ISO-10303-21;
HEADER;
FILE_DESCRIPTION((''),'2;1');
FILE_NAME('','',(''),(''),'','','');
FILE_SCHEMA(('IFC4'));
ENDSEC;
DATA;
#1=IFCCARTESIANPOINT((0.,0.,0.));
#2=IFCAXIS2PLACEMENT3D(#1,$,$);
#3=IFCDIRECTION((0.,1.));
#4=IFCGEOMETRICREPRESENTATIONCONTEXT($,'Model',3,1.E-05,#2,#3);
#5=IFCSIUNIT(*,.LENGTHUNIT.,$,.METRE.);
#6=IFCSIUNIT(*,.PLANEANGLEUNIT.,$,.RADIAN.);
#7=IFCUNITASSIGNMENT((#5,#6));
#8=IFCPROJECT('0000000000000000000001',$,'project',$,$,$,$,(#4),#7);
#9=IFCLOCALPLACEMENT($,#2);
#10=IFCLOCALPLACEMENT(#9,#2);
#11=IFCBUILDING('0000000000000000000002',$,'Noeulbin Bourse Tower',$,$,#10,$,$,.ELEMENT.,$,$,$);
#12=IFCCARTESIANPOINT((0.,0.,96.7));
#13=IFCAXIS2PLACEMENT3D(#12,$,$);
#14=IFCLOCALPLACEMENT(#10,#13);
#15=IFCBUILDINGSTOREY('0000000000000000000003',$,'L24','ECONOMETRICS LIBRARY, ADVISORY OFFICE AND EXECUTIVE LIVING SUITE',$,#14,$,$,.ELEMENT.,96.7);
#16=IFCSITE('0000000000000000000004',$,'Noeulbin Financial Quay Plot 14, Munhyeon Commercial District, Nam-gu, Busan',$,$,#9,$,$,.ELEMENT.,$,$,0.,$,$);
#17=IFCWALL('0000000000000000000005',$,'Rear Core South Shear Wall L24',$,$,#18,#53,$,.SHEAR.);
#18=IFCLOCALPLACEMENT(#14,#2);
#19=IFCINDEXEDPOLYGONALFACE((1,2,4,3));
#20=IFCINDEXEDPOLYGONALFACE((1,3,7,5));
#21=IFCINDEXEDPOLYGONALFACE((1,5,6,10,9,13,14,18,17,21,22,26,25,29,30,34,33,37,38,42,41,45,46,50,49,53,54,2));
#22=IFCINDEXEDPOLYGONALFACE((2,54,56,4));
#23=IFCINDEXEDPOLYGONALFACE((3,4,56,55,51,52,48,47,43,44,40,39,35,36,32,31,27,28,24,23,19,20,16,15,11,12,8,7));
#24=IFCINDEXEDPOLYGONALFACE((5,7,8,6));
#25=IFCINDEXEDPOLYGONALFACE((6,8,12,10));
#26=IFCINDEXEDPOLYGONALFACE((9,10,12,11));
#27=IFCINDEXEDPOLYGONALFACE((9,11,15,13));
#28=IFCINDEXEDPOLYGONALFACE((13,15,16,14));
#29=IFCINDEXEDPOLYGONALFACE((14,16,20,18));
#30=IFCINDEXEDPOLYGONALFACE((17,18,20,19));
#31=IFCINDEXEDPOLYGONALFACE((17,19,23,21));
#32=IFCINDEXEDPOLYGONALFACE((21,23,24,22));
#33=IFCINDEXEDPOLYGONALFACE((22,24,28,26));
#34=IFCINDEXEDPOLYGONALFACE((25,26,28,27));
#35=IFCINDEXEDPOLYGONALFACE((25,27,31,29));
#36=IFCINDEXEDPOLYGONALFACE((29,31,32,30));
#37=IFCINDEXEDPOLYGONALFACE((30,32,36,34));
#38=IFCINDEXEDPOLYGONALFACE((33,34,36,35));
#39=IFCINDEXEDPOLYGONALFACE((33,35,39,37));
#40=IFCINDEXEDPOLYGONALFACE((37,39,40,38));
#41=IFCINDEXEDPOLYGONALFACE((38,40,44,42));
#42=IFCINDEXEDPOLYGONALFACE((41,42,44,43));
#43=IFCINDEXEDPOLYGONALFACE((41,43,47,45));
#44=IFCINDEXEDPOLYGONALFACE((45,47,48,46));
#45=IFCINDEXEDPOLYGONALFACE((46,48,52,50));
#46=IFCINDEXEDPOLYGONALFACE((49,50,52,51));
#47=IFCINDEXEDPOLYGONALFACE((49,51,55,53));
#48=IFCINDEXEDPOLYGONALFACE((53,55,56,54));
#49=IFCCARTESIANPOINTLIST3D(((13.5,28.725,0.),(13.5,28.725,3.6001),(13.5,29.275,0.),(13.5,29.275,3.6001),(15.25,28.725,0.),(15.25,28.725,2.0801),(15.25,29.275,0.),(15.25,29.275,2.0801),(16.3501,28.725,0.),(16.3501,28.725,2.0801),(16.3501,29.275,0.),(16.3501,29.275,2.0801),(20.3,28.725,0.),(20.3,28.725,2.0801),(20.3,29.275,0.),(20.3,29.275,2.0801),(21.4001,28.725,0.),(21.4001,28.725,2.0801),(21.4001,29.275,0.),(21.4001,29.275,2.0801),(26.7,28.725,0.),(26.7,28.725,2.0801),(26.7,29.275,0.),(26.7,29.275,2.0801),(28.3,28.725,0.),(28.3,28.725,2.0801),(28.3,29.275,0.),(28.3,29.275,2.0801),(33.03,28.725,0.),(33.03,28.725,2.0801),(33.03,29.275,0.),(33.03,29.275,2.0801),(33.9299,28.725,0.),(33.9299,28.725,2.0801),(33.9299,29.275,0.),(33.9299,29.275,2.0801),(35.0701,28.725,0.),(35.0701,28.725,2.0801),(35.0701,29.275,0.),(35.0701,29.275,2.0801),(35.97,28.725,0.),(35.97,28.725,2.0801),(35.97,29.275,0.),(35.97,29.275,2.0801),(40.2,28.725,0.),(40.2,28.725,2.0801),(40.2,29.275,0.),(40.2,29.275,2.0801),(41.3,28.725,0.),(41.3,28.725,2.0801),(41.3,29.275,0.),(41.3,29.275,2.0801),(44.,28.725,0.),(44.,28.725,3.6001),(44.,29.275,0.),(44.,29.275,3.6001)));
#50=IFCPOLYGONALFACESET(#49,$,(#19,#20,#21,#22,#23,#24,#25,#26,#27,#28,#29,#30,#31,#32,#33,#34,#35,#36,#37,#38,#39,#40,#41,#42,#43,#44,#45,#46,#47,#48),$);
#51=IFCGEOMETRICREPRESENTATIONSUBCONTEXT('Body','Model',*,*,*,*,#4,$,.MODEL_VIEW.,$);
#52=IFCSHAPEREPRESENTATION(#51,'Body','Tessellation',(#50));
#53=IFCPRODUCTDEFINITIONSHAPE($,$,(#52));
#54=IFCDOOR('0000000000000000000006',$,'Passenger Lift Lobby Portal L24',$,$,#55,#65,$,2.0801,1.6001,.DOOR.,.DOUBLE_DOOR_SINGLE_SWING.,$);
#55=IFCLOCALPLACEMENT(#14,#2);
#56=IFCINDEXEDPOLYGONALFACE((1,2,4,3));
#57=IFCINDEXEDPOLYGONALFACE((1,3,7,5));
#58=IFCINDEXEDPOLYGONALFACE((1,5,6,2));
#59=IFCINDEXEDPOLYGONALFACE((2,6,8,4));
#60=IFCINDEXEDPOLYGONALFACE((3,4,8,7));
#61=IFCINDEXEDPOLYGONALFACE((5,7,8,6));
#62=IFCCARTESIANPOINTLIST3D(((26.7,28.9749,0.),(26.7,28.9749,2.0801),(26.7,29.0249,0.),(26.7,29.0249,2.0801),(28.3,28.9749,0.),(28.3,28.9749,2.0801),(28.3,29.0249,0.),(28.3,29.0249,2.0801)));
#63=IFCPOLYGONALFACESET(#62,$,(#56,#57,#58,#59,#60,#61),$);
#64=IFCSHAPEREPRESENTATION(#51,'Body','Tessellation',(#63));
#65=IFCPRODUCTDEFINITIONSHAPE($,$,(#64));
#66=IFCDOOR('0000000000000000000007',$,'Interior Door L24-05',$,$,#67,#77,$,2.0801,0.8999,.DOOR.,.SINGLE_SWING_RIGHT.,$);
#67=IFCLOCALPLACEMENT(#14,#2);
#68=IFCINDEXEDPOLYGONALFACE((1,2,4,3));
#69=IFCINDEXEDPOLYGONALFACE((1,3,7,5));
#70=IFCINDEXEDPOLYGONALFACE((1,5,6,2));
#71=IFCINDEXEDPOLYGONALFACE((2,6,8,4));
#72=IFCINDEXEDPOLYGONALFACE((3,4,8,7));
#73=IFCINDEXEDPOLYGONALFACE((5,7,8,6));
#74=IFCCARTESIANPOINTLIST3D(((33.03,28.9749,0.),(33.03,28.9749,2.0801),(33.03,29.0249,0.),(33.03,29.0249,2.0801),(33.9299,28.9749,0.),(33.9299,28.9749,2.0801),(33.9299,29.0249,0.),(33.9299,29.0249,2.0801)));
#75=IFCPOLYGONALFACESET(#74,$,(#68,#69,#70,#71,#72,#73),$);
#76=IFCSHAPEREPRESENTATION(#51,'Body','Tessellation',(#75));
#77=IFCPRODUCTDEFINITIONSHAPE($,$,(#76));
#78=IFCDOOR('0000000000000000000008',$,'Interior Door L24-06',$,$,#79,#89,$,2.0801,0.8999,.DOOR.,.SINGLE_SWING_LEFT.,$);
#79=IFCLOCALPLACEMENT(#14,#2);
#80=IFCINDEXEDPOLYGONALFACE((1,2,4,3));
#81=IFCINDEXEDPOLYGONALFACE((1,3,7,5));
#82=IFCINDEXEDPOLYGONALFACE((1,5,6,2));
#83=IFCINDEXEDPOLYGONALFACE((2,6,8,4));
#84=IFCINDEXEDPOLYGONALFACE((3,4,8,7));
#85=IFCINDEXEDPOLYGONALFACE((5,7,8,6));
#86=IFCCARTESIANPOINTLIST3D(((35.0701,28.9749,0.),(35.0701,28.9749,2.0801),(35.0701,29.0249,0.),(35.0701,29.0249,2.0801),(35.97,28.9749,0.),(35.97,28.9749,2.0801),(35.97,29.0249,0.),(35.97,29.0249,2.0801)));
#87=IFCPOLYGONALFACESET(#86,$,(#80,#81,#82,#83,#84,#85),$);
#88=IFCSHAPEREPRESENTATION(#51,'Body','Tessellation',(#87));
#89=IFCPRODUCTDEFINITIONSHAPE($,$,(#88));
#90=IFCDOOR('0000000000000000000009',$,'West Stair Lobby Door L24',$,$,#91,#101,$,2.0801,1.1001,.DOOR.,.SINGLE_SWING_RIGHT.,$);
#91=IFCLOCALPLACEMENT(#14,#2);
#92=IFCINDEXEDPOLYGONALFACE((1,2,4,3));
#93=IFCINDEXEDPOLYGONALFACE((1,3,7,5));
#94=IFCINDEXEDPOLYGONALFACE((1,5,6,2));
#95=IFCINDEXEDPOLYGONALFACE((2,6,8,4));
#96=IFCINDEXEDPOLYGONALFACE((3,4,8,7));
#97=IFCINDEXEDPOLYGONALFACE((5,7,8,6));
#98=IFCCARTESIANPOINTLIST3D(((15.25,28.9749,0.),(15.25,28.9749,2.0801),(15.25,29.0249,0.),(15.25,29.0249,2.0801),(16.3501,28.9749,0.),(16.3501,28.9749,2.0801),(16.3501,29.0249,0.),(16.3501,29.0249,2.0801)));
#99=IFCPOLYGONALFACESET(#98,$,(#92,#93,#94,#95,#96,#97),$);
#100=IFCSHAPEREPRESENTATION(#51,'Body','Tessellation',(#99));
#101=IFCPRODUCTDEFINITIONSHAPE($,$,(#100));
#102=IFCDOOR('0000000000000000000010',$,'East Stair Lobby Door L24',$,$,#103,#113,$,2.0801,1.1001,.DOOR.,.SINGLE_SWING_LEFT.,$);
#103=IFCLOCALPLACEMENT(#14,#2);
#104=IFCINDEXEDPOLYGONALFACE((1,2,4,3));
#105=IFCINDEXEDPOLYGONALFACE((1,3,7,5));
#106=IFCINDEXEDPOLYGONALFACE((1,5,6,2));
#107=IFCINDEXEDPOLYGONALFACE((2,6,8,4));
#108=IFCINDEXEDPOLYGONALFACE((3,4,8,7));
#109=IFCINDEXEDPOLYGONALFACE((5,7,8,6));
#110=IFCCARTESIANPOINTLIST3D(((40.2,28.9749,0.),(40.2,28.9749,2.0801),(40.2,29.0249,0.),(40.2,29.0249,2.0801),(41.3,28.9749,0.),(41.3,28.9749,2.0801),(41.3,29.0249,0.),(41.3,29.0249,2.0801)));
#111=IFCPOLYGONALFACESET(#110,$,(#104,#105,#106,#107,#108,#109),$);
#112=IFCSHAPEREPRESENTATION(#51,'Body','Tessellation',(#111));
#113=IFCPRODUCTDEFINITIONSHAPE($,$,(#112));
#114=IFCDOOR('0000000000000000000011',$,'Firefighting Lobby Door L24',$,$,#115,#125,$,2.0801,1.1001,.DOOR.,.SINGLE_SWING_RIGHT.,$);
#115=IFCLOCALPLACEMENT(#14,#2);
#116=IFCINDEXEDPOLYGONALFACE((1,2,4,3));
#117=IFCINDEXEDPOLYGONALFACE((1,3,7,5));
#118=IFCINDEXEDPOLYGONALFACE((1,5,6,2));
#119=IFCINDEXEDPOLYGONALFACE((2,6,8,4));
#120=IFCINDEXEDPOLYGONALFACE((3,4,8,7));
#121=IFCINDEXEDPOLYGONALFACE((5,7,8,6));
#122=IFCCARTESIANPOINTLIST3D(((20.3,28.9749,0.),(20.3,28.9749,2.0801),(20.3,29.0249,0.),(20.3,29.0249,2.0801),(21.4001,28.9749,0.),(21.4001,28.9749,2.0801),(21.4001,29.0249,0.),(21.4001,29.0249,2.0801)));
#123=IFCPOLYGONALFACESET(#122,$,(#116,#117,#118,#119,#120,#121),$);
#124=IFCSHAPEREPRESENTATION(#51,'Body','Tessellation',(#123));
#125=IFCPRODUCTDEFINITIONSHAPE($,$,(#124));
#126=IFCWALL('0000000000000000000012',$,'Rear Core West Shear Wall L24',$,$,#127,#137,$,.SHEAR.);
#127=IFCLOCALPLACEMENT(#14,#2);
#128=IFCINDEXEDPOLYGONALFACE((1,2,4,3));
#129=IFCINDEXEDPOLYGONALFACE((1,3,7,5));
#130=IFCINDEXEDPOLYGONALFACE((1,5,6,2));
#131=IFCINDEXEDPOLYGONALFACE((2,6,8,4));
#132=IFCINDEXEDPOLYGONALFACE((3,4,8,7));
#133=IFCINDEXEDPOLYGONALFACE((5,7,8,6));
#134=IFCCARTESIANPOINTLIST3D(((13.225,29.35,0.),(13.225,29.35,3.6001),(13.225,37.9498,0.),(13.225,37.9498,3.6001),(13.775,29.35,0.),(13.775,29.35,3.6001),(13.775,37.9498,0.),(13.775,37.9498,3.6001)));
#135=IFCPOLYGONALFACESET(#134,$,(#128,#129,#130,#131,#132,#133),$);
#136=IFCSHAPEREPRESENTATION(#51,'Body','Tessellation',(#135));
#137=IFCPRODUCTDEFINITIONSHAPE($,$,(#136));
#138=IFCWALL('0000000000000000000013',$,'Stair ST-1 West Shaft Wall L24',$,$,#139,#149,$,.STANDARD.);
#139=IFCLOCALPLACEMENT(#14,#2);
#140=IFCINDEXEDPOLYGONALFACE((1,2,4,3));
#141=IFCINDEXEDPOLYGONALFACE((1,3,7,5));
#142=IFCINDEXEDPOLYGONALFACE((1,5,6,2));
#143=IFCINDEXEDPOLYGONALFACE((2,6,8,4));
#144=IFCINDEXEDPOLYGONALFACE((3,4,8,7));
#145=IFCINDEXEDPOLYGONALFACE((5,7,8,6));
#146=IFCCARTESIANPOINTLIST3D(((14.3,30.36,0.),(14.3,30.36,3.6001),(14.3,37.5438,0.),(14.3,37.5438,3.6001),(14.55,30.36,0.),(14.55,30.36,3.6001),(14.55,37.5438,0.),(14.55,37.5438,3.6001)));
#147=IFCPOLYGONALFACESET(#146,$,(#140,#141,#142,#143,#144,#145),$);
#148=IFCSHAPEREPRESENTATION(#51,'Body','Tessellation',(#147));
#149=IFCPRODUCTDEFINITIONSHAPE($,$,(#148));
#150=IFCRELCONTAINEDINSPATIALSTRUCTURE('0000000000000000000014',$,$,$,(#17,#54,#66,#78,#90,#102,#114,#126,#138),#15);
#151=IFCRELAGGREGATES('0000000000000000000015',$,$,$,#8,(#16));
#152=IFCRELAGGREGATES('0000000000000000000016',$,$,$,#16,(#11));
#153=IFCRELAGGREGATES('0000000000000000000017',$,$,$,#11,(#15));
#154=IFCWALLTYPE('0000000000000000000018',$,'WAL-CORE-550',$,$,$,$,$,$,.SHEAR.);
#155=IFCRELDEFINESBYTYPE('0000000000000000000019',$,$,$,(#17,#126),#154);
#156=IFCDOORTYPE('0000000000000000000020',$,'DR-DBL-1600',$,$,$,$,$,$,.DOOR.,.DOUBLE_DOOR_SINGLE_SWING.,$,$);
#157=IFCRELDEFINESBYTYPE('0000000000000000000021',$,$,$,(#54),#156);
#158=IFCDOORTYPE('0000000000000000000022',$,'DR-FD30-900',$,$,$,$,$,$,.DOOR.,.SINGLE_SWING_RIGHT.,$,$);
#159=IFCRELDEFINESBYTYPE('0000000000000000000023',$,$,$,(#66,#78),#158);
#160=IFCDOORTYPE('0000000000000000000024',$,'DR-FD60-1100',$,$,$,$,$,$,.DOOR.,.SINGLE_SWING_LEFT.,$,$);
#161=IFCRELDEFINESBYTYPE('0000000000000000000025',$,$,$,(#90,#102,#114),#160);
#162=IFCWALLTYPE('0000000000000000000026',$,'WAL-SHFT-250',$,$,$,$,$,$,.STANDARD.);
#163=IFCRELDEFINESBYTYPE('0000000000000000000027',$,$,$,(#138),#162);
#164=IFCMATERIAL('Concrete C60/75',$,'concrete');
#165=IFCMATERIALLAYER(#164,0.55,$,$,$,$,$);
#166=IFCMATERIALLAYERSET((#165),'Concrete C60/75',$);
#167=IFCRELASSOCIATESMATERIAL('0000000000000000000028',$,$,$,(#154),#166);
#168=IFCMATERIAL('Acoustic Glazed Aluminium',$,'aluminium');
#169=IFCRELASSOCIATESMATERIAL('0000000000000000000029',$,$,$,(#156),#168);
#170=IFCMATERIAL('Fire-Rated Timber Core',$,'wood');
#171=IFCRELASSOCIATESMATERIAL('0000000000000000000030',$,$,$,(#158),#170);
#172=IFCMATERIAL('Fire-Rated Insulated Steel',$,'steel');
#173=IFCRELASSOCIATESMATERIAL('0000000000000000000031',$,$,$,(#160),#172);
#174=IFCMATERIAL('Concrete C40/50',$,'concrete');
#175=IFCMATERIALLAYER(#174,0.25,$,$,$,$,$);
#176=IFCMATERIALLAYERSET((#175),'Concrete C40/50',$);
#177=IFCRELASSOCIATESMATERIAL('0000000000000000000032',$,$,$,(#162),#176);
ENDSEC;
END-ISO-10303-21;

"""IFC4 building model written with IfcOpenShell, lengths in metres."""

from ifc_helpers import new_model, si_unit, direction, frame, frame_2d, origin, place, context, subcontext, project, spatial, rectangle, extrude, material, layer, layer_set, type_object, element, fill, save


model = new_model("IFC4")

# Units and contexts
model_context = context("Model", 3, precision=1e-05, world=origin(), true_north=direction((0.0, 1.0)))
body_context = subcontext(model_context, "Body", "Model", "MODEL_VIEW")
ifc_project = project(units=[si_unit("LENGTHUNIT", "METRE"), si_unit("PLANEANGLEUNIT", "RADIAN")], contexts=[model_context])

# Site, building, storey
site_placement = place(None, origin())
site = spatial("IfcSite", under=ifc_project, at=site_placement, Name="Noeulbin Financial Quay Plot 14, Munhyeon Commercial District, Nam-gu, Busan", CompositionType="ELEMENT", RefElevation=0.0)
building_placement = place(site_placement, origin())
building = spatial("IfcBuilding", under=site, at=building_placement, Name="Noeulbin Bourse Tower", CompositionType="ELEMENT")
storey_placement = place(building_placement, frame((0.0, 0.0, 96.7)))
storey = spatial("IfcBuildingStorey", under=building, at=storey_placement, Name="L24", Description="ECONOMETRICS LIBRARY, ADVISORY OFFICE AND EXECUTIVE LIVING SUITE", CompositionType="ELEMENT", Elevation=96.7)

# Wall, openings, doors
ifc_material_1 = material(Name="Concrete C60/75", Category="concrete")
ifc_layer_1 = layer(ifc_material_1, 0.55)
ifc_layer_set_1 = layer_set([ifc_layer_1], Name="Concrete C60/75")
wall_type_1 = type_object("IfcWallType", Name="WAL-CORE-550", PredefinedType="SHEAR", material=ifc_layer_set_1)
wall_1_placement = place(storey_placement, frame((13.5, 29.0, 0.0), z_axis=(0.0, 0.0, 1.0), x_axis=(1.0, 0.0, 0.0)))
wall_1 = element("IfcWall", 1, at=wall_1_placement, inside=storey, type_object=wall_type_1, Name="Rear Core South Shear Wall L24", PredefinedType="SHEAR", context=body_context, shape_type="SweptSolid", body=[
    extrude(rectangle(XDim=30.5, YDim=0.55, at=frame_2d((15.25, 0.0))), origin(), (0.0, 0.0, 1.0), 3.6001),
])
opening_1_placement = place(wall_1_placement, frame((1.75, 0.0, 0.0)))
opening_1 = element("IfcOpeningElement", 2, at=opening_1_placement, cuts=wall_1, PredefinedType="OPENING", context=body_context, shape_type="SweptSolid", body=[
    extrude(rectangle(XDim=1.1001, YDim=2.0801, at=frame_2d((0.55, 1.04))), frame((0.0, 0.2849, 0.0), z_axis=(0.0, -1.0, 0.0), x_axis=(1.0, 0.0, 0.0)), (0.0, 0.0, 1.0), 0.5701),
])
opening_2_placement = place(wall_1_placement, frame((26.7, 0.0, 0.0)))
opening_2 = element("IfcOpeningElement", 3, at=opening_2_placement, cuts=wall_1, PredefinedType="OPENING", context=body_context, shape_type="SweptSolid", body=[
    extrude(rectangle(XDim=1.1001, YDim=2.0801, at=frame_2d((0.55, 1.04))), frame((0.0, 0.2849, 0.0), z_axis=(0.0, -1.0, 0.0), x_axis=(1.0, 0.0, 0.0)), (0.0, 0.0, 1.0), 0.5701),
])
opening_3_placement = place(wall_1_placement, frame((6.8, 0.0, 0.0)))
opening_3 = element("IfcOpeningElement", 4, at=opening_3_placement, cuts=wall_1, PredefinedType="OPENING", context=body_context, shape_type="SweptSolid", body=[
    extrude(rectangle(XDim=1.1001, YDim=2.0801, at=frame_2d((0.55, 1.04))), frame((0.0, 0.2849, 0.0), z_axis=(0.0, -1.0, 0.0), x_axis=(1.0, 0.0, 0.0)), (0.0, 0.0, 1.0), 0.5701),
])
opening_4_placement = place(wall_1_placement, frame((13.2, 0.0, 0.0)))
opening_4 = element("IfcOpeningElement", 5, at=opening_4_placement, cuts=wall_1, PredefinedType="OPENING", context=body_context, shape_type="SweptSolid", body=[
    extrude(rectangle(XDim=1.6001, YDim=2.0801, at=frame_2d((0.8, 1.04))), frame((0.0, 0.2849, 0.0), z_axis=(0.0, -1.0, 0.0), x_axis=(1.0, 0.0, 0.0)), (0.0, 0.0, 1.0), 0.5701),
])
opening_5_placement = place(wall_1_placement, frame((19.53, 0.0, 0.0)))
opening_5 = element("IfcOpeningElement", 6, at=opening_5_placement, cuts=wall_1, PredefinedType="OPENING", context=body_context, shape_type="SweptSolid", body=[
    extrude(rectangle(XDim=0.8999, YDim=2.0801, at=frame_2d((0.45, 1.04))), frame((0.0, 0.2849, 0.0), z_axis=(0.0, -1.0, 0.0), x_axis=(1.0, 0.0, 0.0)), (0.0, 0.0, 1.0), 0.5701),
])
opening_6_placement = place(wall_1_placement, frame((21.5701, 0.0, 0.0)))
opening_6 = element("IfcOpeningElement", 7, at=opening_6_placement, cuts=wall_1, PredefinedType="OPENING", context=body_context, shape_type="SweptSolid", body=[
    extrude(rectangle(XDim=0.8999, YDim=2.0801, at=frame_2d((0.45, 1.04))), frame((0.0, 0.2849, 0.0), z_axis=(0.0, -1.0, 0.0), x_axis=(1.0, 0.0, 0.0)), (0.0, 0.0, 1.0), 0.5701),
])
ifc_material_2 = material(Name="Acoustic Glazed Aluminium", Category="aluminium")
door_type_1 = type_object("IfcDoorType", Name="DR-DBL-1600", OperationType="DOUBLE_DOOR_SINGLE_SWING", PredefinedType="DOOR", material=ifc_material_2)
door_1_placement = place(opening_4_placement, origin())
door_1 = element("IfcDoor", 8, at=door_1_placement, inside=storey, type_object=door_type_1, Name="Passenger Lift Lobby Portal L24", OperationType="DOUBLE_DOOR_SINGLE_SWING", OverallHeight=2.0801, OverallWidth=1.6001, PredefinedType="DOOR", context=body_context, shape_type="SweptSolid", body=[
    extrude(rectangle(XDim=1.6001, YDim=2.0801, at=frame_2d((0.8, 1.04))), frame((0.0, 0.0249, 0.0), z_axis=(0.0, -1.0, 0.0), x_axis=(1.0, 0.0, 0.0)), (0.0, 0.0, 1.0), 0.05),
])
fill(opening_4, door_1)
ifc_material_3 = material(Name="Fire-Rated Timber Core", Category="wood")
door_type_2 = type_object("IfcDoorType", Name="DR-FD30-900", OperationType="SINGLE_SWING_RIGHT", PredefinedType="DOOR", material=ifc_material_3)
door_2_placement = place(opening_5_placement, origin())
door_2 = element("IfcDoor", 9, at=door_2_placement, inside=storey, type_object=door_type_2, Name="Interior Door L24-05", OperationType="SINGLE_SWING_RIGHT", OverallHeight=2.0801, OverallWidth=0.8999, PredefinedType="DOOR", context=body_context, shape_type="SweptSolid", body=[
    extrude(rectangle(XDim=0.8999, YDim=2.0801, at=frame_2d((0.45, 1.04))), frame((0.0, 0.0249, 0.0), z_axis=(0.0, -1.0, 0.0), x_axis=(1.0, 0.0, 0.0)), (0.0, 0.0, 1.0), 0.05),
])
fill(opening_5, door_2)
door_3_placement = place(opening_6_placement, origin())
door_3 = element("IfcDoor", 10, at=door_3_placement, inside=storey, type_object=door_type_2, Name="Interior Door L24-06", OperationType="SINGLE_SWING_LEFT", OverallHeight=2.0801, OverallWidth=0.8999, PredefinedType="DOOR", context=body_context, shape_type="SweptSolid", body=[
    extrude(rectangle(XDim=0.8999, YDim=2.0801, at=frame_2d((0.45, 1.04))), frame((0.0, 0.0249, 0.0), z_axis=(0.0, -1.0, 0.0), x_axis=(1.0, 0.0, 0.0)), (0.0, 0.0, 1.0), 0.05),
])
fill(opening_6, door_3)
ifc_material_4 = material(Name="Fire-Rated Insulated Steel", Category="steel")
door_type_3 = type_object("IfcDoorType", Name="DR-FD60-1100", OperationType="SINGLE_SWING_LEFT", PredefinedType="DOOR", material=ifc_material_4)
door_4_placement = place(opening_1_placement, origin())
door_4 = element("IfcDoor", 11, at=door_4_placement, inside=storey, type_object=door_type_3, Name="West Stair Lobby Door L24", OperationType="SINGLE_SWING_RIGHT", OverallHeight=2.0801, OverallWidth=1.1001, PredefinedType="DOOR", context=body_context, shape_type="SweptSolid", body=[
    extrude(rectangle(XDim=1.1001, YDim=2.0801, at=frame_2d((0.55, 1.04))), frame((0.0, 0.0249, 0.0), z_axis=(0.0, -1.0, 0.0), x_axis=(1.0, 0.0, 0.0)), (0.0, 0.0, 1.0), 0.05),
])
fill(opening_1, door_4)
door_5_placement = place(opening_2_placement, origin())
door_5 = element("IfcDoor", 12, at=door_5_placement, inside=storey, type_object=door_type_3, Name="East Stair Lobby Door L24", OperationType="SINGLE_SWING_LEFT", OverallHeight=2.0801, OverallWidth=1.1001, PredefinedType="DOOR", context=body_context, shape_type="SweptSolid", body=[
    extrude(rectangle(XDim=1.1001, YDim=2.0801, at=frame_2d((0.55, 1.04))), frame((0.0, 0.0249, 0.0), z_axis=(0.0, -1.0, 0.0), x_axis=(1.0, 0.0, 0.0)), (0.0, 0.0, 1.0), 0.05),
])
fill(opening_2, door_5)
door_6_placement = place(opening_3_placement, origin())
door_6 = element("IfcDoor", 13, at=door_6_placement, inside=storey, type_object=door_type_3, Name="Firefighting Lobby Door L24", OperationType="SINGLE_SWING_RIGHT", OverallHeight=2.0801, OverallWidth=1.1001, PredefinedType="DOOR", context=body_context, shape_type="SweptSolid", body=[
    extrude(rectangle(XDim=1.1001, YDim=2.0801, at=frame_2d((0.55, 1.04))), frame((0.0, 0.0249, 0.0), z_axis=(0.0, -1.0, 0.0), x_axis=(1.0, 0.0, 0.0)), (0.0, 0.0, 1.0), 0.05),
])
fill(opening_3, door_6)

# Walls
wall_2_placement = place(storey_placement, frame((13.5, 29.3501, 0.0), z_axis=(0.0, 0.0, 1.0), x_axis=(0.0, 1.0, 0.0)))
element("IfcWall", 14, at=wall_2_placement, inside=storey, type_object=wall_type_1, Name="Rear Core West Shear Wall L24", PredefinedType="SHEAR", context=body_context, shape_type="SweptSolid", body=[
    extrude(rectangle(XDim=8.5999, YDim=0.55, at=frame_2d((4.2998, 0.0))), origin(), (0.0, 0.0, 1.0), 3.6001),
])
ifc_material_5 = material(Name="Concrete C40/50", Category="concrete")
ifc_layer_2 = layer(ifc_material_5, 0.25)
ifc_layer_set_2 = layer_set([ifc_layer_2], Name="Concrete C40/50")
wall_type_2 = type_object("IfcWallType", Name="WAL-SHFT-250", PredefinedType="STANDARD", material=ifc_layer_set_2)
wall_3_placement = place(storey_placement, frame((14.425, 30.3601, 0.0), z_axis=(0.0, 0.0, 1.0), x_axis=(0.0, 1.0, 0.0)))
element("IfcWall", 15, at=wall_3_placement, inside=storey, type_object=wall_type_2, Name="Stair ST-1 West Shaft Wall L24", PredefinedType="STANDARD", context=body_context, shape_type="SweptSolid", body=[
    extrude(rectangle(XDim=7.1838, YDim=0.25, at=frame_2d((3.5918, 0.0))), origin(), (0.0, 0.0, 1.0), 3.6001),
])

save(model, "model.ifc")
